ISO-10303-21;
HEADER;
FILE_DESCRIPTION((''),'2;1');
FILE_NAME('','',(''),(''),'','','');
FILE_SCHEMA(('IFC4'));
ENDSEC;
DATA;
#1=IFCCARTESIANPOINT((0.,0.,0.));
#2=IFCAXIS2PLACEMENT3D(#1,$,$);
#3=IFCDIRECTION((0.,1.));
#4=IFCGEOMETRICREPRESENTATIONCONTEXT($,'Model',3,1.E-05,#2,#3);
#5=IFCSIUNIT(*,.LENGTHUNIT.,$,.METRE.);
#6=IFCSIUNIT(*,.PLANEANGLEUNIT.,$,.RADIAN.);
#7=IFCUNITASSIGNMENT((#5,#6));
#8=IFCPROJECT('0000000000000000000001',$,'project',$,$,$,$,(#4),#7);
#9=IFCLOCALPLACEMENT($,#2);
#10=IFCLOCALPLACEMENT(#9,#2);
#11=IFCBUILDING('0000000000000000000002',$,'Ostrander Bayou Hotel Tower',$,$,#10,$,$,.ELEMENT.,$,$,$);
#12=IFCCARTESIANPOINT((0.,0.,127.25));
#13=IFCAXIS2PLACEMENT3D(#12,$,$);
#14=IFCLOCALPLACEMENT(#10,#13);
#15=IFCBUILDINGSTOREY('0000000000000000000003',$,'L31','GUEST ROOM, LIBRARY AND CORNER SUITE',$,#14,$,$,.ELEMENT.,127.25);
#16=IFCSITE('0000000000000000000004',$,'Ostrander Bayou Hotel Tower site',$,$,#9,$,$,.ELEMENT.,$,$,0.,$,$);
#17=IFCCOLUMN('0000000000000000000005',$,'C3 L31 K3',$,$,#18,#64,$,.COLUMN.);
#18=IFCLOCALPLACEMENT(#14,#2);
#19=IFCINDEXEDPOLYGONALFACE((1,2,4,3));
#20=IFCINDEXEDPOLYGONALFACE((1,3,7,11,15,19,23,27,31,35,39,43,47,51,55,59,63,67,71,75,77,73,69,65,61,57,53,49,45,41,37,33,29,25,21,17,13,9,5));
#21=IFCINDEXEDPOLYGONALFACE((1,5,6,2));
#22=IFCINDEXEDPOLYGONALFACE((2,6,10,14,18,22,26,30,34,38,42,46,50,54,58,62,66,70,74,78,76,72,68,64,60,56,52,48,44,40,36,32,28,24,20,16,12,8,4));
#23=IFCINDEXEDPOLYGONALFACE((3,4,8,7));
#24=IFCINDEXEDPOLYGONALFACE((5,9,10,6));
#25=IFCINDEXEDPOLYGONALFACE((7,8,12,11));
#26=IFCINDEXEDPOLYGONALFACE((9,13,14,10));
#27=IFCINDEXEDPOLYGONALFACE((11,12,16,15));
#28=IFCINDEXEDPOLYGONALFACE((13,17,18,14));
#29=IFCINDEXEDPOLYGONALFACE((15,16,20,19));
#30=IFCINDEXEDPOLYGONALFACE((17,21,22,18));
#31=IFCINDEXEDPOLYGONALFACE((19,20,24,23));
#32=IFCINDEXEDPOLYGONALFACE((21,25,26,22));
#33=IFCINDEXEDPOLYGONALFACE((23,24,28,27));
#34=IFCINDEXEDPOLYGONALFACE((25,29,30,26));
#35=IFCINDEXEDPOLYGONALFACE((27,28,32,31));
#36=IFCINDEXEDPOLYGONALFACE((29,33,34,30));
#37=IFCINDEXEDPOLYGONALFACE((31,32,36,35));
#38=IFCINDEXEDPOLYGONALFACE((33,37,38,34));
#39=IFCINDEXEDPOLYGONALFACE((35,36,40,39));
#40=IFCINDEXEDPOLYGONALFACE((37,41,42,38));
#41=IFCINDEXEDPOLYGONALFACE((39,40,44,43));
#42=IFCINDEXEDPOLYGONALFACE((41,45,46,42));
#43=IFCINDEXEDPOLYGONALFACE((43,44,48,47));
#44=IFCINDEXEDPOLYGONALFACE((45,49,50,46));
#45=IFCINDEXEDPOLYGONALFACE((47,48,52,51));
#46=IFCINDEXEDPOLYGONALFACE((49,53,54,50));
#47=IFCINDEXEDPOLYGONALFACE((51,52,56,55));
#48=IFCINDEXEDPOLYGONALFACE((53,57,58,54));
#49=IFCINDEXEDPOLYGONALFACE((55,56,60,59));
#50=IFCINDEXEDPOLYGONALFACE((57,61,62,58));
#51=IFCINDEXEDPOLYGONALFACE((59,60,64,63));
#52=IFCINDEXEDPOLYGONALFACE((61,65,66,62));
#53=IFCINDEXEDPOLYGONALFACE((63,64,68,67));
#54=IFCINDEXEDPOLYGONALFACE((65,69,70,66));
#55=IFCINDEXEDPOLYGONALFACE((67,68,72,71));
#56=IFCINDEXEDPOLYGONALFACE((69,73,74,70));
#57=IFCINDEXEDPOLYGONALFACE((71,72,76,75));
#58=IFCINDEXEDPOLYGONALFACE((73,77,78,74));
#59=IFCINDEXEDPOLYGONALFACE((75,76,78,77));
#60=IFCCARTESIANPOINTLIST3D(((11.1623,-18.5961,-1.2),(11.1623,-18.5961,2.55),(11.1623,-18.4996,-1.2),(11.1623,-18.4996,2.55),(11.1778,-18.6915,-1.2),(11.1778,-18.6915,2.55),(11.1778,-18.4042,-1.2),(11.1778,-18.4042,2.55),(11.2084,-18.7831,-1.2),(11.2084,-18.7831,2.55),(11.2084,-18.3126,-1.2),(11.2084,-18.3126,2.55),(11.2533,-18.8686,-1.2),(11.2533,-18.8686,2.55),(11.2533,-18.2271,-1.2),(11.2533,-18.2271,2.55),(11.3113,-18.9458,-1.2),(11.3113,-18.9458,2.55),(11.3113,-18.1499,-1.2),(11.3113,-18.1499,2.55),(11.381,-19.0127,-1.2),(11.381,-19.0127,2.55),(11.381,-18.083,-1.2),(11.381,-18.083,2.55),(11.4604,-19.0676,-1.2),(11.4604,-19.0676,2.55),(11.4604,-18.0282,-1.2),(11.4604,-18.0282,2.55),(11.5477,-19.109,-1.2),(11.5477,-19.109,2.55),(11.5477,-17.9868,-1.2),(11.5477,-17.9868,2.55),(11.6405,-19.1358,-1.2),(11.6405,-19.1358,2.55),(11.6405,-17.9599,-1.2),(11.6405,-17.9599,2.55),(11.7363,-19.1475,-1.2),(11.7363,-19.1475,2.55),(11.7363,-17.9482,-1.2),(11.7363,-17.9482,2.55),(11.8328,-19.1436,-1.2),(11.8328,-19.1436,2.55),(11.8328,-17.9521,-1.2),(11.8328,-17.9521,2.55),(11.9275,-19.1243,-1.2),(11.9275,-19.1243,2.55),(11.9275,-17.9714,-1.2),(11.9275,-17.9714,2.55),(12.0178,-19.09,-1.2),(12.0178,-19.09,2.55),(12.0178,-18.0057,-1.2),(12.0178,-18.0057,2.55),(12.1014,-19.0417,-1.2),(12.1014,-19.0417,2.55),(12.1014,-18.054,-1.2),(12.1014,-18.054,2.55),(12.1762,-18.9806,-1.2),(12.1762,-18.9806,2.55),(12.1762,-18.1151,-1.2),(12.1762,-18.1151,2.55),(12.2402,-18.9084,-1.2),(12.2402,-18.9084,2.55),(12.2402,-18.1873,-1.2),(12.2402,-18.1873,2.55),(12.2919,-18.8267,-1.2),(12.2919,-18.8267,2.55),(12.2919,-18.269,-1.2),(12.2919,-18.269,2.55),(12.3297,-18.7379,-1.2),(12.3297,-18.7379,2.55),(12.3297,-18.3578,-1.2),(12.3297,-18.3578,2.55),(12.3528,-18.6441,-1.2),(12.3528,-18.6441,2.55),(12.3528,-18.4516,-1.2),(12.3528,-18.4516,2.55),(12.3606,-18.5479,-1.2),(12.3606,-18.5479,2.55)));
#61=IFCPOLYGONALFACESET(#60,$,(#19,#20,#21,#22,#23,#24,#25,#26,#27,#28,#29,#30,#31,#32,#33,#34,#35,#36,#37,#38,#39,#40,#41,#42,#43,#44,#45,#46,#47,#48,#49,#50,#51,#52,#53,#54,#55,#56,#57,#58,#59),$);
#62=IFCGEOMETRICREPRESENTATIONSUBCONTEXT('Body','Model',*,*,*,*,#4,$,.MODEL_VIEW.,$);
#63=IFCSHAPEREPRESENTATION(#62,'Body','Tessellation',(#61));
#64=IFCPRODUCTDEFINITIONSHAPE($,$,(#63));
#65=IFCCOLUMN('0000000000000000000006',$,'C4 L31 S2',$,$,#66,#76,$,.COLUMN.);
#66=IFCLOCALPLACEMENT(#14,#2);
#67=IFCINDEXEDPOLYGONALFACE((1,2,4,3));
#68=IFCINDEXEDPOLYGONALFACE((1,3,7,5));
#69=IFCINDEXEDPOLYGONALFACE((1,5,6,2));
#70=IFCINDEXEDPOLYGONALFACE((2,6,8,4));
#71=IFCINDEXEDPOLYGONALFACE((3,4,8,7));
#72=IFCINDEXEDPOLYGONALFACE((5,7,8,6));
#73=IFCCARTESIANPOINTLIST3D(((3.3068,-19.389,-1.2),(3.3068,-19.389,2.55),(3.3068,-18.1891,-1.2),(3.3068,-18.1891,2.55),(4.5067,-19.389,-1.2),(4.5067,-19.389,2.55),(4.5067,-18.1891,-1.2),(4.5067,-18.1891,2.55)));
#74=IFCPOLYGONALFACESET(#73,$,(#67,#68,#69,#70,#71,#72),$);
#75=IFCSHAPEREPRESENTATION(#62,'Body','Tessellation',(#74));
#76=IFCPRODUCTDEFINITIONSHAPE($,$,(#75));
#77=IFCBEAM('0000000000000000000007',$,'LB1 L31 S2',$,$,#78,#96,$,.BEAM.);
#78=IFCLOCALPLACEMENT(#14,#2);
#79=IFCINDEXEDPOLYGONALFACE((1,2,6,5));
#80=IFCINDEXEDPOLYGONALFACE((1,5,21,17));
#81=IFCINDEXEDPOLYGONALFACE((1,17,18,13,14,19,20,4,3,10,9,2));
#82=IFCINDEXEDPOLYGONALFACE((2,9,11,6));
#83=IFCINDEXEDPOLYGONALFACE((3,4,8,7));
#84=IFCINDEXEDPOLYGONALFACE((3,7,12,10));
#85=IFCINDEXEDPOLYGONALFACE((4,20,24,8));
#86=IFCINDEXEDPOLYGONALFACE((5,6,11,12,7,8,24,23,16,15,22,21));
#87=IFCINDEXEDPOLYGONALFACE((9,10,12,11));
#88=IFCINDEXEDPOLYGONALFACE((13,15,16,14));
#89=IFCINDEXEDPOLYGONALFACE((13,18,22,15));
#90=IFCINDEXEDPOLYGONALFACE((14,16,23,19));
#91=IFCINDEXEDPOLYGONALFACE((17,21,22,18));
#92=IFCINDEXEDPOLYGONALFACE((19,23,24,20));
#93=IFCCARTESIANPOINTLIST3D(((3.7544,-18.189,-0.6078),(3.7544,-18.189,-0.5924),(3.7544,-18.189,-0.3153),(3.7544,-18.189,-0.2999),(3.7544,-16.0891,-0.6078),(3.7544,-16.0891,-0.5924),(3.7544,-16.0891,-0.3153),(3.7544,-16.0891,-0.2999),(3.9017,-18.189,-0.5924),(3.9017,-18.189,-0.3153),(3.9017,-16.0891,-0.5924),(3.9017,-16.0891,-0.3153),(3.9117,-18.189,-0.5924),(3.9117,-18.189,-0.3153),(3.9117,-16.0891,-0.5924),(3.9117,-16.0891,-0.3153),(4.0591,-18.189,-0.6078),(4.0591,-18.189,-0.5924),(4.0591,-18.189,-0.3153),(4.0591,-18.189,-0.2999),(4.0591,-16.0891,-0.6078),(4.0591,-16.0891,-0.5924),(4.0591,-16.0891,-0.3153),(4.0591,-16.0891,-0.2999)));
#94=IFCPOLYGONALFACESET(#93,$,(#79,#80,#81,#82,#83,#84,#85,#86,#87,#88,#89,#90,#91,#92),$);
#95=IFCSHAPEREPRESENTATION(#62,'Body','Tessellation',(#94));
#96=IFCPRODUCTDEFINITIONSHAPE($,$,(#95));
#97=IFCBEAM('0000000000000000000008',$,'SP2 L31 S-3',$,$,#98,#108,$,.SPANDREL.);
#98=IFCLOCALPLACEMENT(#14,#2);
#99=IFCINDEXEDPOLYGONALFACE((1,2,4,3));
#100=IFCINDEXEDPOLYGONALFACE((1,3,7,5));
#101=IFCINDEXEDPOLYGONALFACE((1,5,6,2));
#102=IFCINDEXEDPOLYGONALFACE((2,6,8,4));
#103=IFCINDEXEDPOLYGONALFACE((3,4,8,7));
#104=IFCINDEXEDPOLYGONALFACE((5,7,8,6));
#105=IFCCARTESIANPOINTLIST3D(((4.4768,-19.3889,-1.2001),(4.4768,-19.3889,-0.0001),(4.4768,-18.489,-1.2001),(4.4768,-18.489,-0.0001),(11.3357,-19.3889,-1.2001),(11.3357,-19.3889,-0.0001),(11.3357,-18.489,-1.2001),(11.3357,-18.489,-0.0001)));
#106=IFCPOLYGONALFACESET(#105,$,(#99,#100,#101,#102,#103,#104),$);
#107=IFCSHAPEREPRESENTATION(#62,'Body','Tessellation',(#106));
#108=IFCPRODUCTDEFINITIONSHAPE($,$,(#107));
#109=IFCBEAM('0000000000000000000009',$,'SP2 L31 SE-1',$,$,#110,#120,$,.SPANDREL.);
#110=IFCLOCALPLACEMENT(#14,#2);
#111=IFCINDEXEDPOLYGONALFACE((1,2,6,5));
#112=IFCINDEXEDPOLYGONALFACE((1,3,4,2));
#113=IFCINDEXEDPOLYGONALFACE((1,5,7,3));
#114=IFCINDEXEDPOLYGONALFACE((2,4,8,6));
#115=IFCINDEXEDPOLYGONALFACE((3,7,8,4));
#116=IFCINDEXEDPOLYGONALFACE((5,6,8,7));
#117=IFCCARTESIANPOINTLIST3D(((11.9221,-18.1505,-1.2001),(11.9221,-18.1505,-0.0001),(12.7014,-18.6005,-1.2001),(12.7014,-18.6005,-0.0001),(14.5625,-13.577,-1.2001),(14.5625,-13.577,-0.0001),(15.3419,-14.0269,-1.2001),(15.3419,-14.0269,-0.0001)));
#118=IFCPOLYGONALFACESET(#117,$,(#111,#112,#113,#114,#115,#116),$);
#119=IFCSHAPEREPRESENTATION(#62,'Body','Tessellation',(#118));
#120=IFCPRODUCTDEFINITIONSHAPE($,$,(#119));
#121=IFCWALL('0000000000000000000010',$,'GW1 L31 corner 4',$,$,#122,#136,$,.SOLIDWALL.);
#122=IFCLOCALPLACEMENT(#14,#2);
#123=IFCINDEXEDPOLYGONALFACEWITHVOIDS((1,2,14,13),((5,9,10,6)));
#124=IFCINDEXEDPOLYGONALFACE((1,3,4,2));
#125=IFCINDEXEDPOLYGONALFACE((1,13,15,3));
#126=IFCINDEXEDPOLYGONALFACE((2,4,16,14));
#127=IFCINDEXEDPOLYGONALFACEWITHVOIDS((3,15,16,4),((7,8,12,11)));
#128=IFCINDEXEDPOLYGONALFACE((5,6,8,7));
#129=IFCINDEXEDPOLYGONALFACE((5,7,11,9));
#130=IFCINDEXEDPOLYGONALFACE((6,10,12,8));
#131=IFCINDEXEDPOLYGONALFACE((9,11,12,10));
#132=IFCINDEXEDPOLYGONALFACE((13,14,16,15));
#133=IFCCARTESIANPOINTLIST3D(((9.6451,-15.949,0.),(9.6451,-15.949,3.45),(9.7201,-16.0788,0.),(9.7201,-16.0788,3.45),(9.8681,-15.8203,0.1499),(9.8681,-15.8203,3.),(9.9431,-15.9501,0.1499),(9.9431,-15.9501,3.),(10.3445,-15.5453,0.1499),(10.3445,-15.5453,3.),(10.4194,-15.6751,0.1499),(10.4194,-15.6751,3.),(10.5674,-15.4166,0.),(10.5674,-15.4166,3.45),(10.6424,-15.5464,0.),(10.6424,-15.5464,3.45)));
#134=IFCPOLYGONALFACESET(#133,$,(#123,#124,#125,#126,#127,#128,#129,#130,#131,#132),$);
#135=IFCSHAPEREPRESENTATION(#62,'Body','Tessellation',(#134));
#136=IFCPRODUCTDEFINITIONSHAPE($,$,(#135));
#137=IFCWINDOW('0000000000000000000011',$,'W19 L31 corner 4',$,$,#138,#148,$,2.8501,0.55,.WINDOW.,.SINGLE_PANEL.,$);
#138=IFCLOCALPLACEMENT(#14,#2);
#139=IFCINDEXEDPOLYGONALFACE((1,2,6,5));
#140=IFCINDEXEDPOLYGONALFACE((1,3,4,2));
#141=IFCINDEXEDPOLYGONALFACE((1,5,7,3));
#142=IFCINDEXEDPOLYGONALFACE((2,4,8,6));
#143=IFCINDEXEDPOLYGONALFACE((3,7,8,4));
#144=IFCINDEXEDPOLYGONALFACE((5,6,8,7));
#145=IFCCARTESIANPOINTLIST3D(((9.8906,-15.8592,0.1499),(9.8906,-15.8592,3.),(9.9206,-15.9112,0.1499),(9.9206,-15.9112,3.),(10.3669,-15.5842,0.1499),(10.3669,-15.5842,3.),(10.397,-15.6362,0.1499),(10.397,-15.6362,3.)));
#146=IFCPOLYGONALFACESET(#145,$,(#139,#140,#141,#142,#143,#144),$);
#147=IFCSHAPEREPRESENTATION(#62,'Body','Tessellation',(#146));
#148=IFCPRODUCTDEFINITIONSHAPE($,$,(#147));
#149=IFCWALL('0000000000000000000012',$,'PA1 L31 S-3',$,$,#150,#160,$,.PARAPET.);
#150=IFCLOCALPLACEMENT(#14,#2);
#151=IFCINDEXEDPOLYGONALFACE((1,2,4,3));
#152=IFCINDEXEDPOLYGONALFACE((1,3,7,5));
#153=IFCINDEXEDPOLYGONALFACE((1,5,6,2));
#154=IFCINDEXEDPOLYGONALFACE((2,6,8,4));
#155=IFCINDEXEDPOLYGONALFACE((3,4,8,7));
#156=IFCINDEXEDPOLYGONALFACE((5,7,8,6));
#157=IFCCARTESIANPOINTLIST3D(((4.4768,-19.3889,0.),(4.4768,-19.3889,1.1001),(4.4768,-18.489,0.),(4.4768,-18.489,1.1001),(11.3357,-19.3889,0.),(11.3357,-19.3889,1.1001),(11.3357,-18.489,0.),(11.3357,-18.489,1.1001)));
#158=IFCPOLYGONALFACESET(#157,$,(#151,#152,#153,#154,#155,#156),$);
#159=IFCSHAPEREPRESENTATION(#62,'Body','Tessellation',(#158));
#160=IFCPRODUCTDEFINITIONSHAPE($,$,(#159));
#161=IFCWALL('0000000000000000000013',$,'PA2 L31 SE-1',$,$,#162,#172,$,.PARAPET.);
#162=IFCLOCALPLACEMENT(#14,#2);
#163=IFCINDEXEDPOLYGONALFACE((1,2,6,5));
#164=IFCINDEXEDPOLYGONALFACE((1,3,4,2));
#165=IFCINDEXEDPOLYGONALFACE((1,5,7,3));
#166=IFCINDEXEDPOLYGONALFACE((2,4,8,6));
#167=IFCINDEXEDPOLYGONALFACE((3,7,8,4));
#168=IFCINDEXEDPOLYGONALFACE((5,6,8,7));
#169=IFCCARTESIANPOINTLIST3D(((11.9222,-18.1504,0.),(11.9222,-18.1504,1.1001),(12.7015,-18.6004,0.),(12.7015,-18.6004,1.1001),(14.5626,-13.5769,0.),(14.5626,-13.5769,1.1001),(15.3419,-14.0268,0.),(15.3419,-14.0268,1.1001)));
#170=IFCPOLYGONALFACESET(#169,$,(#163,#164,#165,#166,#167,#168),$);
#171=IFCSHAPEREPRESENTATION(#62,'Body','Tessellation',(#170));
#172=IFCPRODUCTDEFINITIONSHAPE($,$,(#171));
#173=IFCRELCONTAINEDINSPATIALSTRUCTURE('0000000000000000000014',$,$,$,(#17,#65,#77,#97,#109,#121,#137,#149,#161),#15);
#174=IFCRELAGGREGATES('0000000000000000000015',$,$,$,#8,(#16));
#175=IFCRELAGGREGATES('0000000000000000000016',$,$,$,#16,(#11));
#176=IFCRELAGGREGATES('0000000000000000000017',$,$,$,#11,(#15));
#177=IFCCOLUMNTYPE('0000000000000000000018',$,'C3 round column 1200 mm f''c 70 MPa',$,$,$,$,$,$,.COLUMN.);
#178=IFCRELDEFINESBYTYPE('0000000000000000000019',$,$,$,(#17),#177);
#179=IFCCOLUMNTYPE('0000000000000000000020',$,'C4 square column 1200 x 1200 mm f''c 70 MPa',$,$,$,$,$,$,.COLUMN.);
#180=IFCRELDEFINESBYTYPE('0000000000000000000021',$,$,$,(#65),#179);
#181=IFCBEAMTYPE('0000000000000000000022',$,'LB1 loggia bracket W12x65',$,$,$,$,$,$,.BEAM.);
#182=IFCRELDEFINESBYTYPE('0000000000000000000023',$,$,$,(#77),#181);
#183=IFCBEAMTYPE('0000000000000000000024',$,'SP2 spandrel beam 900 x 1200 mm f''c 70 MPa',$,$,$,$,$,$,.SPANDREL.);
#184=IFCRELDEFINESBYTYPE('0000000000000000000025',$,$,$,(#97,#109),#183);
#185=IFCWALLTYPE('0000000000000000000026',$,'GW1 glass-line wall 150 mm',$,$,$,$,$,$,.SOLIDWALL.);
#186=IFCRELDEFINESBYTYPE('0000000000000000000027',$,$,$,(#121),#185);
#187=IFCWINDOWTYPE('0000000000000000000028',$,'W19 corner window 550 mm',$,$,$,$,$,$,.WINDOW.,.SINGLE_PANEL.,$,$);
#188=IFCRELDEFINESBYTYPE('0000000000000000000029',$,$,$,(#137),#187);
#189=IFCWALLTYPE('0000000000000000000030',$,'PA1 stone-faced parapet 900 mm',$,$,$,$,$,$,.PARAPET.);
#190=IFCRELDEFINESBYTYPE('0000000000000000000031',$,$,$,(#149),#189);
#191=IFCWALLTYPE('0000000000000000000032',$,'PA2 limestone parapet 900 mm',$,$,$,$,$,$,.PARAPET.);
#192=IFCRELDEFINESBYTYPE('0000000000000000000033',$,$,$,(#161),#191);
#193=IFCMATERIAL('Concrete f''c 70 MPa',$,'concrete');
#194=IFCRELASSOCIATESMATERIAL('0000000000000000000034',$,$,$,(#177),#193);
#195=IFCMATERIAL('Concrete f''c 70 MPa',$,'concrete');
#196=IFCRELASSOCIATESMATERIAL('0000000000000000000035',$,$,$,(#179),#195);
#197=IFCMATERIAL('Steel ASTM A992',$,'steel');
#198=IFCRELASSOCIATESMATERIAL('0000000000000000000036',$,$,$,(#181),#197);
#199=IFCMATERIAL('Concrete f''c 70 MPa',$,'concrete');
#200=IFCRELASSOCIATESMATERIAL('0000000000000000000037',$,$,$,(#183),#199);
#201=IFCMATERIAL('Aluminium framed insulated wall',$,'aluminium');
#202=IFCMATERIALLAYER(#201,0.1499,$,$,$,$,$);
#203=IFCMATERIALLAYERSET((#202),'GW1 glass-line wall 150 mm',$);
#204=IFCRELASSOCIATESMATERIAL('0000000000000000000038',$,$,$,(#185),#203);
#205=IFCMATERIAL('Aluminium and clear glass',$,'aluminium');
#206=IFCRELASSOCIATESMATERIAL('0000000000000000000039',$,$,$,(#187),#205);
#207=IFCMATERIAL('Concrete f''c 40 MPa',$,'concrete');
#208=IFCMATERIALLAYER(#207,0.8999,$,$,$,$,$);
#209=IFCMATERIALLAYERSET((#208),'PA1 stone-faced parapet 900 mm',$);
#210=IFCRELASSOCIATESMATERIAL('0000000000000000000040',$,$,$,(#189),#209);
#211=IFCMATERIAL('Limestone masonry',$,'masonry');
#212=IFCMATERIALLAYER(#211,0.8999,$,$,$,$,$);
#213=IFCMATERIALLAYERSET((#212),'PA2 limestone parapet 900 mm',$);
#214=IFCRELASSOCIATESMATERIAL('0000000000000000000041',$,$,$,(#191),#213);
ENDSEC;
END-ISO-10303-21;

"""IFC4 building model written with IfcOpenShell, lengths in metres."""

from ifc_helpers import new_model, si_unit, direction, frame, frame_2d, origin, origin_2d, place, context, subcontext, project, spatial, rectangle, circle, i_section, extrude, material, layer, layer_set, material_profile, profile_set, type_object, element, fill, save


model = new_model("IFC4")

# Units and contexts
model_context = context("Model", 3, precision=1e-05, world=origin(), true_north=direction((0.0, 1.0)))
body_context = subcontext(model_context, "Body", "Model", "MODEL_VIEW")
ifc_project = project(units=[si_unit("LENGTHUNIT", "METRE"), si_unit("PLANEANGLEUNIT", "RADIAN")], contexts=[model_context])

# Site, building, storey
site_placement = place(None, origin())
site = spatial("IfcSite", under=ifc_project, at=site_placement, Name="Ostrander Bayou Hotel Tower site", CompositionType="ELEMENT", RefElevation=0.0)
building_placement = place(site_placement, origin())
building = spatial("IfcBuilding", under=site, at=building_placement, Name="Ostrander Bayou Hotel Tower", CompositionType="ELEMENT")
storey_placement = place(building_placement, frame((0.0, 0.0, 127.25)))
storey = spatial("IfcBuildingStorey", under=building, at=storey_placement, Name="L31", Description="GUEST ROOM, LIBRARY AND CORNER SUITE", CompositionType="ELEMENT", Elevation=127.25)

# Columns
ifc_material_1 = material(Name="Concrete f'c 70 MPa", Category="concrete")
ifc_material_profile_1 = material_profile(ifc_material_1, circle(Radius=0.6001, at=origin_2d()))
ifc_profile_set_1 = profile_set([ifc_material_profile_1], Name="Concrete f'c 70 MPa")
column_type_1 = type_object("IfcColumnType", Name="C3 round column 1200 mm f'c 70 MPa", PredefinedType="COLUMN", material=ifc_profile_set_1)
column_1_placement = place(storey_placement, frame((11.7605, -18.5479, -1.2), z_axis=(0.0, 0.0, 1.0), x_axis=(1.0, 0.0, 0.0)))
element("IfcColumn", 1, at=column_1_placement, inside=storey, type_object=column_type_1, Name="C3 L31 K3", PredefinedType="COLUMN", context=body_context, shape_type="SweptSolid", body=[
    extrude(circle(Radius=0.6001, at=origin_2d()), origin(), (0.0, 0.0, 1.0), 3.75),
])
ifc_material_2 = material(Name="Concrete f'c 70 MPa", Category="concrete")
ifc_material_profile_2 = material_profile(ifc_material_2, rectangle(XDim=1.2, YDim=1.2, at=origin_2d()))
ifc_profile_set_2 = profile_set([ifc_material_profile_2], Name="Concrete f'c 70 MPa")
column_type_2 = type_object("IfcColumnType", Name="C4 square column 1200 x 1200 mm f'c 70 MPa", PredefinedType="COLUMN", material=ifc_profile_set_2)
column_2_placement = place(storey_placement, frame((3.9067, -18.7891, -1.2), z_axis=(0.0, 0.0, 1.0), x_axis=(-1.0, 0.0, 0.0)))
element("IfcColumn", 2, at=column_2_placement, inside=storey, type_object=column_type_2, Name="C4 L31 S2", PredefinedType="COLUMN", context=body_context, shape_type="SweptSolid", body=[
    extrude(rectangle(XDim=1.2, YDim=1.2, at=origin_2d()), origin(), (0.0, 0.0, 1.0), 3.75),
])

# Beams
ifc_material_3 = material(Name="Steel ASTM A992", Category="steel")
ifc_material_profile_3 = material_profile(ifc_material_3, i_section(OverallWidth=0.3047, OverallDepth=0.3079, WebThickness=0.01, FlangeThickness=0.0154, at=origin_2d()))
ifc_profile_set_3 = profile_set([ifc_material_profile_3], Name="Steel ASTM A992")
beam_type_1 = type_object("IfcBeamType", Name="LB1 loggia bracket W12x65", PredefinedType="BEAM", material=ifc_profile_set_3)
beam_1_placement = place(storey_placement, frame((3.9067, -18.189, -0.4539), z_axis=(0.0, 1.0, 0.0), x_axis=(-1.0, 0.0, 0.0)))
element("IfcBeam", 3, at=beam_1_placement, inside=storey, type_object=beam_type_1, Name="LB1 L31 S2", PredefinedType="BEAM", context=body_context, shape_type="SweptSolid", body=[
    extrude(i_section(OverallWidth=0.3047, OverallDepth=0.3079, WebThickness=0.01, FlangeThickness=0.0154, at=origin_2d()), origin(), (0.0, 0.0, 1.0), 2.0999),
])
ifc_material_4 = material(Name="Concrete f'c 70 MPa", Category="concrete")
ifc_material_profile_4 = material_profile(ifc_material_4, rectangle(XDim=0.8999, YDim=1.2, at=origin_2d()))
ifc_profile_set_4 = profile_set([ifc_material_profile_4], Name="Concrete f'c 70 MPa")
beam_type_2 = type_object("IfcBeamType", Name="SP2 spandrel beam 900 x 1200 mm f'c 70 MPa", PredefinedType="SPANDREL", material=ifc_profile_set_4)
beam_2_placement = place(storey_placement, frame((4.4768, -18.939, -0.6001), z_axis=(1.0, 0.0, 0.0), x_axis=(0.0, 1.0, 0.0)))
element("IfcBeam", 4, at=beam_2_placement, inside=storey, type_object=beam_type_2, Name="SP2 L31 S-3", PredefinedType="SPANDREL", context=body_context, shape_type="SweptSolid", body=[
    extrude(rectangle(XDim=0.8999, YDim=1.2, at=origin_2d()), origin(), (0.0, 0.0, 1.0), 6.8589),
])
beam_3_placement = place(storey_placement, frame((12.3118, -18.3755, -0.6001), z_axis=(0.499983, 0.866035, 0.0), x_axis=(-0.866035, 0.499983, 0.0)))
element("IfcBeam", 5, at=beam_3_placement, inside=storey, type_object=beam_type_2, Name="SP2 L31 SE-1", PredefinedType="SPANDREL", context=body_context, shape_type="SweptSolid", body=[
    extrude(rectangle(XDim=0.8999, YDim=1.2, at=origin_2d()), origin(), (0.0, 0.0, 1.0), 5.281),
])

# Shared definitions
ifc_material_5 = material(Name="Aluminium framed insulated wall", Category="aluminium")
ifc_layer_1 = layer(ifc_material_5, 0.1499)
ifc_layer_set_1 = layer_set([ifc_layer_1], Name="GW1 glass-line wall 150 mm")
wall_type_1 = type_object("IfcWallType", Name="GW1 glass-line wall 150 mm", PredefinedType="SOLIDWALL", material=ifc_layer_set_1)

# Wall, opening, window
wall_1_placement = place(storey_placement, frame((9.6826, -16.0139, 0.0), z_axis=(0.0, 0.0, 1.0), x_axis=(0.866048, 0.499961, 0.0)))
wall_1 = element("IfcWall", 6, at=wall_1_placement, inside=storey, type_object=wall_type_1, Name="GW1 L31 corner 4", PredefinedType="SOLIDWALL", context=body_context, shape_type="SweptSolid", body=[
    extrude(rectangle(XDim=1.0649, YDim=0.1499, at=frame_2d((0.5325, 0.0))), origin(), (0.0, 0.0, 1.0), 3.45),
])
opening_1_placement = place(wall_1_placement, frame((0.2576, 0.0, 0.1499)))
opening_1 = element("IfcOpeningElement", 7, at=opening_1_placement, cuts=wall_1, PredefinedType="OPENING", context=body_context, shape_type="SweptSolid", body=[
    extrude(rectangle(XDim=0.55, YDim=2.8501, at=frame_2d((0.2749, 1.425))), frame((0.0, 0.075, 0.0), z_axis=(0.0, -1.0, 0.0), x_axis=(1.0, 0.0, 0.0)), (0.0, 0.0, 1.0), 0.1499),
])
ifc_material_6 = material(Name="Aluminium and clear glass", Category="aluminium")
window_type_1 = type_object("IfcWindowType", Name="W19 corner window 550 mm", PartitioningType="SINGLE_PANEL", PredefinedType="WINDOW", material=ifc_material_6)
window_1_placement = place(opening_1_placement, origin())
window_1 = element("IfcWindow", 8, at=window_1_placement, inside=storey, type_object=window_type_1, Name="W19 L31 corner 4", OverallHeight=2.8501, OverallWidth=0.55, PartitioningType="SINGLE_PANEL", PredefinedType="WINDOW", context=body_context, shape_type="SweptSolid", body=[
    extrude(rectangle(XDim=0.55, YDim=2.8501, at=frame_2d((0.2749, 1.425))), frame((0.0, 0.03, 0.0), z_axis=(0.0, -1.0, 0.0), x_axis=(1.0, 0.0, 0.0)), (0.0, 0.0, 1.0), 0.0601),
])
fill(opening_1, window_1)

# Walls
ifc_material_7 = material(Name="Concrete f'c 40 MPa", Category="concrete")
ifc_layer_2 = layer(ifc_material_7, 0.8999)
ifc_layer_set_2 = layer_set([ifc_layer_2], Name="PA1 stone-faced parapet 900 mm")
wall_type_2 = type_object("IfcWallType", Name="PA1 stone-faced parapet 900 mm", PredefinedType="PARAPET", material=ifc_layer_set_2)
wall_2_placement = place(storey_placement, frame((4.4768, -18.939, 0.0), z_axis=(0.0, 0.0, 1.0), x_axis=(1.0, 0.0, 0.0)))
element("IfcWall", 9, at=wall_2_placement, inside=storey, type_object=wall_type_2, Name="PA1 L31 S-3", PredefinedType="PARAPET", context=body_context, shape_type="SweptSolid", body=[
    extrude(rectangle(XDim=6.8589, YDim=0.8999, at=frame_2d((3.4294, 0.0))), origin(), (0.0, 0.0, 1.0), 1.1001),
])
ifc_material_8 = material(Name="Limestone masonry", Category="masonry")
ifc_layer_3 = layer(ifc_material_8, 0.8999)
ifc_layer_set_3 = layer_set([ifc_layer_3], Name="PA2 limestone parapet 900 mm")
wall_type_3 = type_object("IfcWallType", Name="PA2 limestone parapet 900 mm", PredefinedType="PARAPET", material=ifc_layer_set_3)
wall_3_placement = place(storey_placement, frame((12.3118, -18.3755, 0.0), z_axis=(0.0, 0.0, 1.0), x_axis=(0.499983, 0.866035, 0.0)))
element("IfcWall", 10, at=wall_3_placement, inside=storey, type_object=wall_type_3, Name="PA2 L31 SE-1", PredefinedType="PARAPET", context=body_context, shape_type="SweptSolid", body=[
    extrude(rectangle(XDim=5.281, YDim=0.8999, at=frame_2d((2.6406, 0.0))), origin(), (0.0, 0.0, 1.0), 1.1001),
])

save(model, "model.ifc")
